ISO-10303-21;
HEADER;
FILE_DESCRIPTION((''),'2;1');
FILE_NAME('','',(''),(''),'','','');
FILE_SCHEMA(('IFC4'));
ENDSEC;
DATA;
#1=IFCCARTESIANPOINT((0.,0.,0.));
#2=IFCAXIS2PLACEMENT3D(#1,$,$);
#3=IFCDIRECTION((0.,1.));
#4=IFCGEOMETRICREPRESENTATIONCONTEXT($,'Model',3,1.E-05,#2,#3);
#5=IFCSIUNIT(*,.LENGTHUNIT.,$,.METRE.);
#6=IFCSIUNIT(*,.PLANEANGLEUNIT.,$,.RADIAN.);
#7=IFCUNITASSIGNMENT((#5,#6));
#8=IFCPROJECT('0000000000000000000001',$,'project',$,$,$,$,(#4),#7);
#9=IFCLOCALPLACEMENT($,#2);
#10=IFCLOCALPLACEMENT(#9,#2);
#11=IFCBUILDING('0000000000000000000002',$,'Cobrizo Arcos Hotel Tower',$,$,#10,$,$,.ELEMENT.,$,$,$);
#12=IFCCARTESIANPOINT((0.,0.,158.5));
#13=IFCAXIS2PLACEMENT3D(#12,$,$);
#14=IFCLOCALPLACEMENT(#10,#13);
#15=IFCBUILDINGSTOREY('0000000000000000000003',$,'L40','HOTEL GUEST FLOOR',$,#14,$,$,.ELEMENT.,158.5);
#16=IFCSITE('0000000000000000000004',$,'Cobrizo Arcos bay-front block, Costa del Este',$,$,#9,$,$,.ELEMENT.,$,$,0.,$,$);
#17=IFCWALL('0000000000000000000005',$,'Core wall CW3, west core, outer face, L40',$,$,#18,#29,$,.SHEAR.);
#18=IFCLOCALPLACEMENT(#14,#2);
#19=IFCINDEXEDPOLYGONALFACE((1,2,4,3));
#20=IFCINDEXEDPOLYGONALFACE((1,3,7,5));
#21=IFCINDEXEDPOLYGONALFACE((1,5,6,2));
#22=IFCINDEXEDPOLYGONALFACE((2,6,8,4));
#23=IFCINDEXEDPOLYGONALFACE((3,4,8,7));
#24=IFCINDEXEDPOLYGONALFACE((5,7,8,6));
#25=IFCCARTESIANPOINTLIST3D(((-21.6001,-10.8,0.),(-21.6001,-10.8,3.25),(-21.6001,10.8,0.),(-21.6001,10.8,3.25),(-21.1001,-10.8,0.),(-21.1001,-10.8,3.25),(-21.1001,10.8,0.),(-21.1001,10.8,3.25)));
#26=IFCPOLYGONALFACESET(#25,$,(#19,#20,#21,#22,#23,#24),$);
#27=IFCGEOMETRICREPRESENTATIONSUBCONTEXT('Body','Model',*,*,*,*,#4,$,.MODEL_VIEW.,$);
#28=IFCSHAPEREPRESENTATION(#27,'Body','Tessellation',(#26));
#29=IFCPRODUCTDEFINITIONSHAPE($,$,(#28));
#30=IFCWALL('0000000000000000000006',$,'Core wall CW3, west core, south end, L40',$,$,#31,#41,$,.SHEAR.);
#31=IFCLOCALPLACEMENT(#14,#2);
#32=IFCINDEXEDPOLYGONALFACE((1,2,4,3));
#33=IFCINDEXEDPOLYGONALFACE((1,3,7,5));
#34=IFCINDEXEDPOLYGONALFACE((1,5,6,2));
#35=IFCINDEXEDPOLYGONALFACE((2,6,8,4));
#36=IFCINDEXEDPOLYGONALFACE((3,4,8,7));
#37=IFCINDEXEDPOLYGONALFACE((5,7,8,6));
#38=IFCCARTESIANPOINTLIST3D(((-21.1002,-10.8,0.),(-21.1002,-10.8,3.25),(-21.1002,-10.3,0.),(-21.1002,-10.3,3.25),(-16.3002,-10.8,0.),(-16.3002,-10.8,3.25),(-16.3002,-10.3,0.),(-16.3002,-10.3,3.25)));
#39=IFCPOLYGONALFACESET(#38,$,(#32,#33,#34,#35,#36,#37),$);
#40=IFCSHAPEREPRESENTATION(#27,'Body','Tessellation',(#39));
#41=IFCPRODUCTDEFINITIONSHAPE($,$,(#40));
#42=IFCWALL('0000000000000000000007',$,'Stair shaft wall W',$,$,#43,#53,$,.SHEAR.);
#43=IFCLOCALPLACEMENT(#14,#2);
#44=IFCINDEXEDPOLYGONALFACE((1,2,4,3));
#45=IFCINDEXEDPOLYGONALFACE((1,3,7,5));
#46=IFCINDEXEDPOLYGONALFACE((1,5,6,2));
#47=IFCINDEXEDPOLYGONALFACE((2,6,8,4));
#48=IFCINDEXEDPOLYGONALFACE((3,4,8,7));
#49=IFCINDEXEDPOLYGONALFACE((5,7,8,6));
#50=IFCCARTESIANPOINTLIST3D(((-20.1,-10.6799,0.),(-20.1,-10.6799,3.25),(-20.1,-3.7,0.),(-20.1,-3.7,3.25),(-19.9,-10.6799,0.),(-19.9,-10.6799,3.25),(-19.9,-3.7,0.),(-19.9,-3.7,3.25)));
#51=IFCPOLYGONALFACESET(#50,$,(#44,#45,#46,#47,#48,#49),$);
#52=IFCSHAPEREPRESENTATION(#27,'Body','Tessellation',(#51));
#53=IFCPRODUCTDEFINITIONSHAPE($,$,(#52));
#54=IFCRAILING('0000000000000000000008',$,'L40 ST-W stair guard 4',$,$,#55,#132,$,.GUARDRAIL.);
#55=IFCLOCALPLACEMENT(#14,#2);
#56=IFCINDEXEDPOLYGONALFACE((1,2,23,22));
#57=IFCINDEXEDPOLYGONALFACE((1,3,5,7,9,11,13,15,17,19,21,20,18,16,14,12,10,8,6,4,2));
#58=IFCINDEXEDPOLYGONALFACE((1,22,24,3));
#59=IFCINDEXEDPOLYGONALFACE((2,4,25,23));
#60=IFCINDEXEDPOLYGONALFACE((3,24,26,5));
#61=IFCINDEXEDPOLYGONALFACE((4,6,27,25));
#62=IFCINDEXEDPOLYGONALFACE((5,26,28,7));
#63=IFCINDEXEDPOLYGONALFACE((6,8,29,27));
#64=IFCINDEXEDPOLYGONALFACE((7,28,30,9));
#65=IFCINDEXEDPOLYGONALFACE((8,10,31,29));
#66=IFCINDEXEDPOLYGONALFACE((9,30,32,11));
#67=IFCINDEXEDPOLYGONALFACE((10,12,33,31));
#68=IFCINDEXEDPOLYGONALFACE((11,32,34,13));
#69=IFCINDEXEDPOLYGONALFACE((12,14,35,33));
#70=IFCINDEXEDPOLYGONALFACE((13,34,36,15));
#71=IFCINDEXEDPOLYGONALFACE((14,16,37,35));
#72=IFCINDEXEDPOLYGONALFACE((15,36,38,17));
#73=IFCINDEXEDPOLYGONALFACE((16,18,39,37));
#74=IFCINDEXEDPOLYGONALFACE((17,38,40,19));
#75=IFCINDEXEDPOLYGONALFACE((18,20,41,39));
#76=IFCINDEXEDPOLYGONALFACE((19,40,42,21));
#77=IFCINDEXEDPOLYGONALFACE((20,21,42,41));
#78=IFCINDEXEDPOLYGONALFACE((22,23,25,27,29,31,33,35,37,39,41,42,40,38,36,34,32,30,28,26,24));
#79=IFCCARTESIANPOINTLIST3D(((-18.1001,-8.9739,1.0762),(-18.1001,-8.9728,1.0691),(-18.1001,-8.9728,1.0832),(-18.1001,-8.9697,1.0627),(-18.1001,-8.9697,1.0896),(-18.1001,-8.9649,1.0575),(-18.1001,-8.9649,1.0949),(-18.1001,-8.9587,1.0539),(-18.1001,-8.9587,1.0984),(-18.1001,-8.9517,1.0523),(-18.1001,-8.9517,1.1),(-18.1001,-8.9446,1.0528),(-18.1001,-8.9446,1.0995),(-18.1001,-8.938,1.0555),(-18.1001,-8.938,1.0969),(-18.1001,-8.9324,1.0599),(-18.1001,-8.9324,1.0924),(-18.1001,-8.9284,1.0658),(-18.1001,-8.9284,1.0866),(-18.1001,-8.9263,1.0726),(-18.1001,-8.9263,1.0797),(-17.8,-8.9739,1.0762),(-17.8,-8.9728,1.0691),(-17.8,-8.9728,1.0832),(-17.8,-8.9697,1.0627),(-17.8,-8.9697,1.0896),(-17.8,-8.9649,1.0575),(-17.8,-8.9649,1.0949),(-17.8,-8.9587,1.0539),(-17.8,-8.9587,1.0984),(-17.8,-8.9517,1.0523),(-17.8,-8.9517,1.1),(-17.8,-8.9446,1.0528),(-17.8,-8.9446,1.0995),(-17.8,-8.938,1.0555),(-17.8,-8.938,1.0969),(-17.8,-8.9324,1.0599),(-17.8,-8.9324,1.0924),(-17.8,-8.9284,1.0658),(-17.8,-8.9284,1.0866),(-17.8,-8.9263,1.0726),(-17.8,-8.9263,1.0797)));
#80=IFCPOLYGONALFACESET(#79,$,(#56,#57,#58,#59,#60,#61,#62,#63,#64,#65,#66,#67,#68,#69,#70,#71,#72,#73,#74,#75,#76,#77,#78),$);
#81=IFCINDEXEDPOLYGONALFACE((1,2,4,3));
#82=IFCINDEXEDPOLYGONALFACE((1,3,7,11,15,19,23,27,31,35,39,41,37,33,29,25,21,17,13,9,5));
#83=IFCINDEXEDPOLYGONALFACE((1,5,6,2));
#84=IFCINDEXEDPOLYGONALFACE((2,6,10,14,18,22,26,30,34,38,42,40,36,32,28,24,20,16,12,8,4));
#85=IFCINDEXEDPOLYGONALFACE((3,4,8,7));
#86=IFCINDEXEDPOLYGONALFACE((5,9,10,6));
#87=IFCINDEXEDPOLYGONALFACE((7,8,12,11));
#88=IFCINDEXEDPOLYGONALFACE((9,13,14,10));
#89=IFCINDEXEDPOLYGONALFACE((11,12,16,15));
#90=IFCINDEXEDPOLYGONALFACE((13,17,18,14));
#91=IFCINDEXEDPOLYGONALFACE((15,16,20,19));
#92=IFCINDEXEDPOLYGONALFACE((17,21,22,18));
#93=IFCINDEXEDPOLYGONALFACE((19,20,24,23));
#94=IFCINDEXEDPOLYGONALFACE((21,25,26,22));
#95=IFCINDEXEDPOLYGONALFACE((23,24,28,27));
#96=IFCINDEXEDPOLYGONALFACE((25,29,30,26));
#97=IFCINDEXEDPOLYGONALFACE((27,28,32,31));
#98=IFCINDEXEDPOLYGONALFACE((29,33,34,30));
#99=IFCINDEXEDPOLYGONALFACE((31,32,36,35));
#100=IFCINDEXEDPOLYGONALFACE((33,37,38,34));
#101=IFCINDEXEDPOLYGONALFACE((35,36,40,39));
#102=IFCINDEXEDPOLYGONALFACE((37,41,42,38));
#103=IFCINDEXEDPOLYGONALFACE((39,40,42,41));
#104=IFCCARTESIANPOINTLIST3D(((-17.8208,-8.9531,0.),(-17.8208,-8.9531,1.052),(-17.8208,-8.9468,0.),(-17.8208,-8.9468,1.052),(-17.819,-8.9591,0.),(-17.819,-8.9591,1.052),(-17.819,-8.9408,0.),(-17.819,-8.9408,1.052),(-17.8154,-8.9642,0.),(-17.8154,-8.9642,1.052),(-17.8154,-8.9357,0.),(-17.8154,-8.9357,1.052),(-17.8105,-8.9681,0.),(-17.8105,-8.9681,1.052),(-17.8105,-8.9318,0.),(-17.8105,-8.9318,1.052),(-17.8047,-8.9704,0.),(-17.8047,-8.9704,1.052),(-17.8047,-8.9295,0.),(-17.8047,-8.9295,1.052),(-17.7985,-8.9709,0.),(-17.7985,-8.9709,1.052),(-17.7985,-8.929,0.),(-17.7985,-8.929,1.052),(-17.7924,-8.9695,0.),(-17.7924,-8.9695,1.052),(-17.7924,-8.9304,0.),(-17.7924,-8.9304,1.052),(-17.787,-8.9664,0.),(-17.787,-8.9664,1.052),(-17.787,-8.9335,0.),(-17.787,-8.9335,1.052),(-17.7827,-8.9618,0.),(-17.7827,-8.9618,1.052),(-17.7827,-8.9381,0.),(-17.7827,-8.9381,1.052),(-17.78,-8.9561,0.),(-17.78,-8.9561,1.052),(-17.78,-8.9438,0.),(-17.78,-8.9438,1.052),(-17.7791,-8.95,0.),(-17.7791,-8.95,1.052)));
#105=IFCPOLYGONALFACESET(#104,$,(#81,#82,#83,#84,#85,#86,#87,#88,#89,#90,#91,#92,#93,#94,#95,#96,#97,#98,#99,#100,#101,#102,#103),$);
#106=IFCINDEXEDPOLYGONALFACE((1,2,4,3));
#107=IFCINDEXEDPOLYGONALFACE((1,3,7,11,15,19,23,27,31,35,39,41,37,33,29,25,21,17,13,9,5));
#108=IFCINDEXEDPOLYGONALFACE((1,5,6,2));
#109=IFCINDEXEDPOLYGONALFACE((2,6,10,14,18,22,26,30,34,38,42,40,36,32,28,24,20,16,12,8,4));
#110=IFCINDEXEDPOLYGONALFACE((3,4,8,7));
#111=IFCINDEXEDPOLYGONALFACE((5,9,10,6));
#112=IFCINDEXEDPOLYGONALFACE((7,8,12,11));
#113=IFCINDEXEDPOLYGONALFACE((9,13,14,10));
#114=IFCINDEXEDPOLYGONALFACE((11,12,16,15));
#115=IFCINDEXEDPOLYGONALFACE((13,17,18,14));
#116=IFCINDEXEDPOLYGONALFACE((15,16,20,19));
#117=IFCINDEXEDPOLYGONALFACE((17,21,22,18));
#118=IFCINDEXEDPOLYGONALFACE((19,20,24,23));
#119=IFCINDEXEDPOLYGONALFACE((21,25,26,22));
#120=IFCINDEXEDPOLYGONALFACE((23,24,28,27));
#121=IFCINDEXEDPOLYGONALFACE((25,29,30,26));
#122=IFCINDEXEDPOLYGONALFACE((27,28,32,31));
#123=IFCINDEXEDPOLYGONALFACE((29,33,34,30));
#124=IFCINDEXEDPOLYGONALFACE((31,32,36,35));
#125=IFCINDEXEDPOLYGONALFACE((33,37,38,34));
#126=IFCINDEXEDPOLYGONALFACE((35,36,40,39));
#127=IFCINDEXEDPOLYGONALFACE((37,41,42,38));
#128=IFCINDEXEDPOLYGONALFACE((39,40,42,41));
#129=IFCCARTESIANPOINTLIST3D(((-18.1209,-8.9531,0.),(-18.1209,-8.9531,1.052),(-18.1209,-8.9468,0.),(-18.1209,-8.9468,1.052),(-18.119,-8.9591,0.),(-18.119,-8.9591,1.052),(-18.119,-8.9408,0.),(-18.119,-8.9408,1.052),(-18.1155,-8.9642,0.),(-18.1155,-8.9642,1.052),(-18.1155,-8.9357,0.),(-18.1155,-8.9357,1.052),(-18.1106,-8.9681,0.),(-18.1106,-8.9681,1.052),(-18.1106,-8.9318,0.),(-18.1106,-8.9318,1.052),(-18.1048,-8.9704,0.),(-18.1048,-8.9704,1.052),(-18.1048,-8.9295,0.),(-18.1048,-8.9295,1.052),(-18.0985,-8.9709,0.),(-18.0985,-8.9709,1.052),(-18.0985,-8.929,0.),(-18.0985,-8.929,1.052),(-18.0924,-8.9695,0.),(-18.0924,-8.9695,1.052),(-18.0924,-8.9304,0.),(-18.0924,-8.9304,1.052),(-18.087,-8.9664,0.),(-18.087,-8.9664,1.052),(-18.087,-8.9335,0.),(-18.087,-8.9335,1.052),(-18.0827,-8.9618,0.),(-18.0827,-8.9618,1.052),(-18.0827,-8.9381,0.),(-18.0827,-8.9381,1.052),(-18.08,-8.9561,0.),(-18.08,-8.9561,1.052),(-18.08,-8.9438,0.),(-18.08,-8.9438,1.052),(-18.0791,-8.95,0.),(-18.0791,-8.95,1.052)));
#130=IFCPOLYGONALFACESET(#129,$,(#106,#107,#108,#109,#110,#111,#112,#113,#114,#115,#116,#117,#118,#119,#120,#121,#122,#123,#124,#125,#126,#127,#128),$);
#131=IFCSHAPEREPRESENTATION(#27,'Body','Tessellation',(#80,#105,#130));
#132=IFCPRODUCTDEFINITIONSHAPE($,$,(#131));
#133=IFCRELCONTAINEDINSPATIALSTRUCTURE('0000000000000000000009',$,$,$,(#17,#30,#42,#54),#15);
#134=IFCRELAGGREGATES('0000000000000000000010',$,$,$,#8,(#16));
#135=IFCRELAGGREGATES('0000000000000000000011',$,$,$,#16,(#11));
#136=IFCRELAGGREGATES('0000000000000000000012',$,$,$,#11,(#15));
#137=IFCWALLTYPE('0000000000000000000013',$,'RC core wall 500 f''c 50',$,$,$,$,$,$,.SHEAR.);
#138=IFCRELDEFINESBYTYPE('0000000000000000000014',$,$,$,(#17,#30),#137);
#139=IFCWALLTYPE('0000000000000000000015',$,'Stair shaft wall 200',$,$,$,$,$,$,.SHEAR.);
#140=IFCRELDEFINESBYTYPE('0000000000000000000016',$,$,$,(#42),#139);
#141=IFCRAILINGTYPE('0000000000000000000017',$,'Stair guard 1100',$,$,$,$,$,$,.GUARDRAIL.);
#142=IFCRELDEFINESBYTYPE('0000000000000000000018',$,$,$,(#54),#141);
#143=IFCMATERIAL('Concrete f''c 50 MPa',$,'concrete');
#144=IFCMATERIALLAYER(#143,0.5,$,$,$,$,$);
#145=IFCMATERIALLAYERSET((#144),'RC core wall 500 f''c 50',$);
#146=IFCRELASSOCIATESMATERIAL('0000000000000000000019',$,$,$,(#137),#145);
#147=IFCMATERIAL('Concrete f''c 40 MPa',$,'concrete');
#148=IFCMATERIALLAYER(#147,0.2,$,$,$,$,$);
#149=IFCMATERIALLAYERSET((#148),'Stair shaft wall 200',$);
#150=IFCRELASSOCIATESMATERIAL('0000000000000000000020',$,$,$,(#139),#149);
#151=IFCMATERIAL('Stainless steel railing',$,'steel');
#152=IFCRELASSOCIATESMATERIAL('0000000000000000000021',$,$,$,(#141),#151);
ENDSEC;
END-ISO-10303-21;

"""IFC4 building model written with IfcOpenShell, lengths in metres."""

from ifc_helpers import new_model, si_unit, direction, frame, frame_2d, origin, origin_2d, place, context, subcontext, project, spatial, rectangle, circle, extrude, material, layer, layer_set, type_object, element, save


model = new_model("IFC4")

# Units and contexts
model_context = context("Model", 3, precision=1e-05, world=origin(), true_north=direction((0.0, 1.0)))
body_context = subcontext(model_context, "Body", "Model", "MODEL_VIEW")
ifc_project = project(units=[si_unit("LENGTHUNIT", "METRE"), si_unit("PLANEANGLEUNIT", "RADIAN")], contexts=[model_context])

# Site, building, storey
site_placement = place(None, origin())
site = spatial("IfcSite", under=ifc_project, at=site_placement, Name="Cobrizo Arcos bay-front block, Costa del Este", CompositionType="ELEMENT", RefElevation=0.0)
building_placement = place(site_placement, origin())
building = spatial("IfcBuilding", under=site, at=building_placement, Name="Cobrizo Arcos Hotel Tower", CompositionType="ELEMENT")
storey_placement = place(building_placement, frame((0.0, 0.0, 158.5)))
storey = spatial("IfcBuildingStorey", under=building, at=storey_placement, Name="L40", Description="HOTEL GUEST FLOOR", CompositionType="ELEMENT", Elevation=158.5)

# Shared definitions
ifc_material_1 = material(Name="Concrete f'c 50 MPa", Category="concrete")
ifc_layer_1 = layer(ifc_material_1, 0.5)
ifc_layer_set_1 = layer_set([ifc_layer_1], Name="RC core wall 500 f'c 50")
wall_type_1 = type_object("IfcWallType", Name="RC core wall 500 f'c 50", PredefinedType="SHEAR", material=ifc_layer_set_1)

# Walls
wall_1_placement = place(storey_placement, frame((-21.3501, -10.8, 0.0), z_axis=(0.0, 0.0, 1.0), x_axis=(0.0, 1.0, 0.0)))
element("IfcWall", 1, at=wall_1_placement, inside=storey, type_object=wall_type_1, Name="Core wall CW3, west core, outer face, L40", PredefinedType="SHEAR", context=body_context, shape_type="SweptSolid", body=[
    extrude(rectangle(XDim=21.6001, YDim=0.5, at=frame_2d((10.8, 0.0))), origin(), (0.0, 0.0, 1.0), 3.25),
])
wall_2_placement = place(storey_placement, frame((-21.1001, -10.55, 0.0), z_axis=(0.0, 0.0, 1.0), x_axis=(1.0, 0.0, 0.0)))
element("IfcWall", 2, at=wall_2_placement, inside=storey, type_object=wall_type_1, Name="Core wall CW3, west core, south end, L40", PredefinedType="SHEAR", context=body_context, shape_type="SweptSolid", body=[
    extrude(rectangle(XDim=4.8, YDim=0.5, at=frame_2d((2.3999, 0.0))), origin(), (0.0, 0.0, 1.0), 3.25),
])
ifc_material_2 = material(Name="Concrete f'c 40 MPa", Category="concrete")
ifc_layer_2 = layer(ifc_material_2, 0.2)
ifc_layer_set_2 = layer_set([ifc_layer_2], Name="Stair shaft wall 200")
wall_type_2 = type_object("IfcWallType", Name="Stair shaft wall 200", PredefinedType="SHEAR", material=ifc_layer_set_2)
wall_3_placement = place(storey_placement, frame((-20.0, -10.6799, 0.0), z_axis=(0.0, 0.0, 1.0), x_axis=(0.0, 1.0, 0.0)))
element("IfcWall", 3, at=wall_3_placement, inside=storey, type_object=wall_type_2, Name="Stair shaft wall W", PredefinedType="SHEAR", context=body_context, shape_type="SweptSolid", body=[
    extrude(rectangle(XDim=6.98, YDim=0.2, at=frame_2d((3.49, 0.0))), origin(), (0.0, 0.0, 1.0), 3.25),
])

# Railing
ifc_material_3 = material(Name="Stainless steel railing", Category="steel")
railing_type = type_object("IfcRailingType", Name="Stair guard 1100", PredefinedType="GUARDRAIL", material=ifc_material_3)
railing_placement = place(storey_placement, frame((-17.8, -8.95, 0.0)))
element("IfcRailing", 4, at=railing_placement, inside=storey, type_object=railing_type, Name="L40 ST-W stair guard 4", PredefinedType="GUARDRAIL", context=body_context, shape_type="SweptSolid", body=[
    extrude(circle(Radius=0.0239, at=origin_2d()), frame((0.0, 0.0, 1.0762), z_axis=(-1.0, 0.0, 0.0), x_axis=(0.0, -1.0, 0.0)), (0.0, 0.0, 1.0), 0.3),
    extrude(circle(Radius=0.021, at=origin_2d()), origin(), (0.0, 0.0, 1.0), 1.052),
    extrude(circle(Radius=0.021, at=origin_2d()), frame((-0.3, 0.0, 0.0)), (0.0, 0.0, 1.0), 1.052),
])

save(model, "model.ifc")
